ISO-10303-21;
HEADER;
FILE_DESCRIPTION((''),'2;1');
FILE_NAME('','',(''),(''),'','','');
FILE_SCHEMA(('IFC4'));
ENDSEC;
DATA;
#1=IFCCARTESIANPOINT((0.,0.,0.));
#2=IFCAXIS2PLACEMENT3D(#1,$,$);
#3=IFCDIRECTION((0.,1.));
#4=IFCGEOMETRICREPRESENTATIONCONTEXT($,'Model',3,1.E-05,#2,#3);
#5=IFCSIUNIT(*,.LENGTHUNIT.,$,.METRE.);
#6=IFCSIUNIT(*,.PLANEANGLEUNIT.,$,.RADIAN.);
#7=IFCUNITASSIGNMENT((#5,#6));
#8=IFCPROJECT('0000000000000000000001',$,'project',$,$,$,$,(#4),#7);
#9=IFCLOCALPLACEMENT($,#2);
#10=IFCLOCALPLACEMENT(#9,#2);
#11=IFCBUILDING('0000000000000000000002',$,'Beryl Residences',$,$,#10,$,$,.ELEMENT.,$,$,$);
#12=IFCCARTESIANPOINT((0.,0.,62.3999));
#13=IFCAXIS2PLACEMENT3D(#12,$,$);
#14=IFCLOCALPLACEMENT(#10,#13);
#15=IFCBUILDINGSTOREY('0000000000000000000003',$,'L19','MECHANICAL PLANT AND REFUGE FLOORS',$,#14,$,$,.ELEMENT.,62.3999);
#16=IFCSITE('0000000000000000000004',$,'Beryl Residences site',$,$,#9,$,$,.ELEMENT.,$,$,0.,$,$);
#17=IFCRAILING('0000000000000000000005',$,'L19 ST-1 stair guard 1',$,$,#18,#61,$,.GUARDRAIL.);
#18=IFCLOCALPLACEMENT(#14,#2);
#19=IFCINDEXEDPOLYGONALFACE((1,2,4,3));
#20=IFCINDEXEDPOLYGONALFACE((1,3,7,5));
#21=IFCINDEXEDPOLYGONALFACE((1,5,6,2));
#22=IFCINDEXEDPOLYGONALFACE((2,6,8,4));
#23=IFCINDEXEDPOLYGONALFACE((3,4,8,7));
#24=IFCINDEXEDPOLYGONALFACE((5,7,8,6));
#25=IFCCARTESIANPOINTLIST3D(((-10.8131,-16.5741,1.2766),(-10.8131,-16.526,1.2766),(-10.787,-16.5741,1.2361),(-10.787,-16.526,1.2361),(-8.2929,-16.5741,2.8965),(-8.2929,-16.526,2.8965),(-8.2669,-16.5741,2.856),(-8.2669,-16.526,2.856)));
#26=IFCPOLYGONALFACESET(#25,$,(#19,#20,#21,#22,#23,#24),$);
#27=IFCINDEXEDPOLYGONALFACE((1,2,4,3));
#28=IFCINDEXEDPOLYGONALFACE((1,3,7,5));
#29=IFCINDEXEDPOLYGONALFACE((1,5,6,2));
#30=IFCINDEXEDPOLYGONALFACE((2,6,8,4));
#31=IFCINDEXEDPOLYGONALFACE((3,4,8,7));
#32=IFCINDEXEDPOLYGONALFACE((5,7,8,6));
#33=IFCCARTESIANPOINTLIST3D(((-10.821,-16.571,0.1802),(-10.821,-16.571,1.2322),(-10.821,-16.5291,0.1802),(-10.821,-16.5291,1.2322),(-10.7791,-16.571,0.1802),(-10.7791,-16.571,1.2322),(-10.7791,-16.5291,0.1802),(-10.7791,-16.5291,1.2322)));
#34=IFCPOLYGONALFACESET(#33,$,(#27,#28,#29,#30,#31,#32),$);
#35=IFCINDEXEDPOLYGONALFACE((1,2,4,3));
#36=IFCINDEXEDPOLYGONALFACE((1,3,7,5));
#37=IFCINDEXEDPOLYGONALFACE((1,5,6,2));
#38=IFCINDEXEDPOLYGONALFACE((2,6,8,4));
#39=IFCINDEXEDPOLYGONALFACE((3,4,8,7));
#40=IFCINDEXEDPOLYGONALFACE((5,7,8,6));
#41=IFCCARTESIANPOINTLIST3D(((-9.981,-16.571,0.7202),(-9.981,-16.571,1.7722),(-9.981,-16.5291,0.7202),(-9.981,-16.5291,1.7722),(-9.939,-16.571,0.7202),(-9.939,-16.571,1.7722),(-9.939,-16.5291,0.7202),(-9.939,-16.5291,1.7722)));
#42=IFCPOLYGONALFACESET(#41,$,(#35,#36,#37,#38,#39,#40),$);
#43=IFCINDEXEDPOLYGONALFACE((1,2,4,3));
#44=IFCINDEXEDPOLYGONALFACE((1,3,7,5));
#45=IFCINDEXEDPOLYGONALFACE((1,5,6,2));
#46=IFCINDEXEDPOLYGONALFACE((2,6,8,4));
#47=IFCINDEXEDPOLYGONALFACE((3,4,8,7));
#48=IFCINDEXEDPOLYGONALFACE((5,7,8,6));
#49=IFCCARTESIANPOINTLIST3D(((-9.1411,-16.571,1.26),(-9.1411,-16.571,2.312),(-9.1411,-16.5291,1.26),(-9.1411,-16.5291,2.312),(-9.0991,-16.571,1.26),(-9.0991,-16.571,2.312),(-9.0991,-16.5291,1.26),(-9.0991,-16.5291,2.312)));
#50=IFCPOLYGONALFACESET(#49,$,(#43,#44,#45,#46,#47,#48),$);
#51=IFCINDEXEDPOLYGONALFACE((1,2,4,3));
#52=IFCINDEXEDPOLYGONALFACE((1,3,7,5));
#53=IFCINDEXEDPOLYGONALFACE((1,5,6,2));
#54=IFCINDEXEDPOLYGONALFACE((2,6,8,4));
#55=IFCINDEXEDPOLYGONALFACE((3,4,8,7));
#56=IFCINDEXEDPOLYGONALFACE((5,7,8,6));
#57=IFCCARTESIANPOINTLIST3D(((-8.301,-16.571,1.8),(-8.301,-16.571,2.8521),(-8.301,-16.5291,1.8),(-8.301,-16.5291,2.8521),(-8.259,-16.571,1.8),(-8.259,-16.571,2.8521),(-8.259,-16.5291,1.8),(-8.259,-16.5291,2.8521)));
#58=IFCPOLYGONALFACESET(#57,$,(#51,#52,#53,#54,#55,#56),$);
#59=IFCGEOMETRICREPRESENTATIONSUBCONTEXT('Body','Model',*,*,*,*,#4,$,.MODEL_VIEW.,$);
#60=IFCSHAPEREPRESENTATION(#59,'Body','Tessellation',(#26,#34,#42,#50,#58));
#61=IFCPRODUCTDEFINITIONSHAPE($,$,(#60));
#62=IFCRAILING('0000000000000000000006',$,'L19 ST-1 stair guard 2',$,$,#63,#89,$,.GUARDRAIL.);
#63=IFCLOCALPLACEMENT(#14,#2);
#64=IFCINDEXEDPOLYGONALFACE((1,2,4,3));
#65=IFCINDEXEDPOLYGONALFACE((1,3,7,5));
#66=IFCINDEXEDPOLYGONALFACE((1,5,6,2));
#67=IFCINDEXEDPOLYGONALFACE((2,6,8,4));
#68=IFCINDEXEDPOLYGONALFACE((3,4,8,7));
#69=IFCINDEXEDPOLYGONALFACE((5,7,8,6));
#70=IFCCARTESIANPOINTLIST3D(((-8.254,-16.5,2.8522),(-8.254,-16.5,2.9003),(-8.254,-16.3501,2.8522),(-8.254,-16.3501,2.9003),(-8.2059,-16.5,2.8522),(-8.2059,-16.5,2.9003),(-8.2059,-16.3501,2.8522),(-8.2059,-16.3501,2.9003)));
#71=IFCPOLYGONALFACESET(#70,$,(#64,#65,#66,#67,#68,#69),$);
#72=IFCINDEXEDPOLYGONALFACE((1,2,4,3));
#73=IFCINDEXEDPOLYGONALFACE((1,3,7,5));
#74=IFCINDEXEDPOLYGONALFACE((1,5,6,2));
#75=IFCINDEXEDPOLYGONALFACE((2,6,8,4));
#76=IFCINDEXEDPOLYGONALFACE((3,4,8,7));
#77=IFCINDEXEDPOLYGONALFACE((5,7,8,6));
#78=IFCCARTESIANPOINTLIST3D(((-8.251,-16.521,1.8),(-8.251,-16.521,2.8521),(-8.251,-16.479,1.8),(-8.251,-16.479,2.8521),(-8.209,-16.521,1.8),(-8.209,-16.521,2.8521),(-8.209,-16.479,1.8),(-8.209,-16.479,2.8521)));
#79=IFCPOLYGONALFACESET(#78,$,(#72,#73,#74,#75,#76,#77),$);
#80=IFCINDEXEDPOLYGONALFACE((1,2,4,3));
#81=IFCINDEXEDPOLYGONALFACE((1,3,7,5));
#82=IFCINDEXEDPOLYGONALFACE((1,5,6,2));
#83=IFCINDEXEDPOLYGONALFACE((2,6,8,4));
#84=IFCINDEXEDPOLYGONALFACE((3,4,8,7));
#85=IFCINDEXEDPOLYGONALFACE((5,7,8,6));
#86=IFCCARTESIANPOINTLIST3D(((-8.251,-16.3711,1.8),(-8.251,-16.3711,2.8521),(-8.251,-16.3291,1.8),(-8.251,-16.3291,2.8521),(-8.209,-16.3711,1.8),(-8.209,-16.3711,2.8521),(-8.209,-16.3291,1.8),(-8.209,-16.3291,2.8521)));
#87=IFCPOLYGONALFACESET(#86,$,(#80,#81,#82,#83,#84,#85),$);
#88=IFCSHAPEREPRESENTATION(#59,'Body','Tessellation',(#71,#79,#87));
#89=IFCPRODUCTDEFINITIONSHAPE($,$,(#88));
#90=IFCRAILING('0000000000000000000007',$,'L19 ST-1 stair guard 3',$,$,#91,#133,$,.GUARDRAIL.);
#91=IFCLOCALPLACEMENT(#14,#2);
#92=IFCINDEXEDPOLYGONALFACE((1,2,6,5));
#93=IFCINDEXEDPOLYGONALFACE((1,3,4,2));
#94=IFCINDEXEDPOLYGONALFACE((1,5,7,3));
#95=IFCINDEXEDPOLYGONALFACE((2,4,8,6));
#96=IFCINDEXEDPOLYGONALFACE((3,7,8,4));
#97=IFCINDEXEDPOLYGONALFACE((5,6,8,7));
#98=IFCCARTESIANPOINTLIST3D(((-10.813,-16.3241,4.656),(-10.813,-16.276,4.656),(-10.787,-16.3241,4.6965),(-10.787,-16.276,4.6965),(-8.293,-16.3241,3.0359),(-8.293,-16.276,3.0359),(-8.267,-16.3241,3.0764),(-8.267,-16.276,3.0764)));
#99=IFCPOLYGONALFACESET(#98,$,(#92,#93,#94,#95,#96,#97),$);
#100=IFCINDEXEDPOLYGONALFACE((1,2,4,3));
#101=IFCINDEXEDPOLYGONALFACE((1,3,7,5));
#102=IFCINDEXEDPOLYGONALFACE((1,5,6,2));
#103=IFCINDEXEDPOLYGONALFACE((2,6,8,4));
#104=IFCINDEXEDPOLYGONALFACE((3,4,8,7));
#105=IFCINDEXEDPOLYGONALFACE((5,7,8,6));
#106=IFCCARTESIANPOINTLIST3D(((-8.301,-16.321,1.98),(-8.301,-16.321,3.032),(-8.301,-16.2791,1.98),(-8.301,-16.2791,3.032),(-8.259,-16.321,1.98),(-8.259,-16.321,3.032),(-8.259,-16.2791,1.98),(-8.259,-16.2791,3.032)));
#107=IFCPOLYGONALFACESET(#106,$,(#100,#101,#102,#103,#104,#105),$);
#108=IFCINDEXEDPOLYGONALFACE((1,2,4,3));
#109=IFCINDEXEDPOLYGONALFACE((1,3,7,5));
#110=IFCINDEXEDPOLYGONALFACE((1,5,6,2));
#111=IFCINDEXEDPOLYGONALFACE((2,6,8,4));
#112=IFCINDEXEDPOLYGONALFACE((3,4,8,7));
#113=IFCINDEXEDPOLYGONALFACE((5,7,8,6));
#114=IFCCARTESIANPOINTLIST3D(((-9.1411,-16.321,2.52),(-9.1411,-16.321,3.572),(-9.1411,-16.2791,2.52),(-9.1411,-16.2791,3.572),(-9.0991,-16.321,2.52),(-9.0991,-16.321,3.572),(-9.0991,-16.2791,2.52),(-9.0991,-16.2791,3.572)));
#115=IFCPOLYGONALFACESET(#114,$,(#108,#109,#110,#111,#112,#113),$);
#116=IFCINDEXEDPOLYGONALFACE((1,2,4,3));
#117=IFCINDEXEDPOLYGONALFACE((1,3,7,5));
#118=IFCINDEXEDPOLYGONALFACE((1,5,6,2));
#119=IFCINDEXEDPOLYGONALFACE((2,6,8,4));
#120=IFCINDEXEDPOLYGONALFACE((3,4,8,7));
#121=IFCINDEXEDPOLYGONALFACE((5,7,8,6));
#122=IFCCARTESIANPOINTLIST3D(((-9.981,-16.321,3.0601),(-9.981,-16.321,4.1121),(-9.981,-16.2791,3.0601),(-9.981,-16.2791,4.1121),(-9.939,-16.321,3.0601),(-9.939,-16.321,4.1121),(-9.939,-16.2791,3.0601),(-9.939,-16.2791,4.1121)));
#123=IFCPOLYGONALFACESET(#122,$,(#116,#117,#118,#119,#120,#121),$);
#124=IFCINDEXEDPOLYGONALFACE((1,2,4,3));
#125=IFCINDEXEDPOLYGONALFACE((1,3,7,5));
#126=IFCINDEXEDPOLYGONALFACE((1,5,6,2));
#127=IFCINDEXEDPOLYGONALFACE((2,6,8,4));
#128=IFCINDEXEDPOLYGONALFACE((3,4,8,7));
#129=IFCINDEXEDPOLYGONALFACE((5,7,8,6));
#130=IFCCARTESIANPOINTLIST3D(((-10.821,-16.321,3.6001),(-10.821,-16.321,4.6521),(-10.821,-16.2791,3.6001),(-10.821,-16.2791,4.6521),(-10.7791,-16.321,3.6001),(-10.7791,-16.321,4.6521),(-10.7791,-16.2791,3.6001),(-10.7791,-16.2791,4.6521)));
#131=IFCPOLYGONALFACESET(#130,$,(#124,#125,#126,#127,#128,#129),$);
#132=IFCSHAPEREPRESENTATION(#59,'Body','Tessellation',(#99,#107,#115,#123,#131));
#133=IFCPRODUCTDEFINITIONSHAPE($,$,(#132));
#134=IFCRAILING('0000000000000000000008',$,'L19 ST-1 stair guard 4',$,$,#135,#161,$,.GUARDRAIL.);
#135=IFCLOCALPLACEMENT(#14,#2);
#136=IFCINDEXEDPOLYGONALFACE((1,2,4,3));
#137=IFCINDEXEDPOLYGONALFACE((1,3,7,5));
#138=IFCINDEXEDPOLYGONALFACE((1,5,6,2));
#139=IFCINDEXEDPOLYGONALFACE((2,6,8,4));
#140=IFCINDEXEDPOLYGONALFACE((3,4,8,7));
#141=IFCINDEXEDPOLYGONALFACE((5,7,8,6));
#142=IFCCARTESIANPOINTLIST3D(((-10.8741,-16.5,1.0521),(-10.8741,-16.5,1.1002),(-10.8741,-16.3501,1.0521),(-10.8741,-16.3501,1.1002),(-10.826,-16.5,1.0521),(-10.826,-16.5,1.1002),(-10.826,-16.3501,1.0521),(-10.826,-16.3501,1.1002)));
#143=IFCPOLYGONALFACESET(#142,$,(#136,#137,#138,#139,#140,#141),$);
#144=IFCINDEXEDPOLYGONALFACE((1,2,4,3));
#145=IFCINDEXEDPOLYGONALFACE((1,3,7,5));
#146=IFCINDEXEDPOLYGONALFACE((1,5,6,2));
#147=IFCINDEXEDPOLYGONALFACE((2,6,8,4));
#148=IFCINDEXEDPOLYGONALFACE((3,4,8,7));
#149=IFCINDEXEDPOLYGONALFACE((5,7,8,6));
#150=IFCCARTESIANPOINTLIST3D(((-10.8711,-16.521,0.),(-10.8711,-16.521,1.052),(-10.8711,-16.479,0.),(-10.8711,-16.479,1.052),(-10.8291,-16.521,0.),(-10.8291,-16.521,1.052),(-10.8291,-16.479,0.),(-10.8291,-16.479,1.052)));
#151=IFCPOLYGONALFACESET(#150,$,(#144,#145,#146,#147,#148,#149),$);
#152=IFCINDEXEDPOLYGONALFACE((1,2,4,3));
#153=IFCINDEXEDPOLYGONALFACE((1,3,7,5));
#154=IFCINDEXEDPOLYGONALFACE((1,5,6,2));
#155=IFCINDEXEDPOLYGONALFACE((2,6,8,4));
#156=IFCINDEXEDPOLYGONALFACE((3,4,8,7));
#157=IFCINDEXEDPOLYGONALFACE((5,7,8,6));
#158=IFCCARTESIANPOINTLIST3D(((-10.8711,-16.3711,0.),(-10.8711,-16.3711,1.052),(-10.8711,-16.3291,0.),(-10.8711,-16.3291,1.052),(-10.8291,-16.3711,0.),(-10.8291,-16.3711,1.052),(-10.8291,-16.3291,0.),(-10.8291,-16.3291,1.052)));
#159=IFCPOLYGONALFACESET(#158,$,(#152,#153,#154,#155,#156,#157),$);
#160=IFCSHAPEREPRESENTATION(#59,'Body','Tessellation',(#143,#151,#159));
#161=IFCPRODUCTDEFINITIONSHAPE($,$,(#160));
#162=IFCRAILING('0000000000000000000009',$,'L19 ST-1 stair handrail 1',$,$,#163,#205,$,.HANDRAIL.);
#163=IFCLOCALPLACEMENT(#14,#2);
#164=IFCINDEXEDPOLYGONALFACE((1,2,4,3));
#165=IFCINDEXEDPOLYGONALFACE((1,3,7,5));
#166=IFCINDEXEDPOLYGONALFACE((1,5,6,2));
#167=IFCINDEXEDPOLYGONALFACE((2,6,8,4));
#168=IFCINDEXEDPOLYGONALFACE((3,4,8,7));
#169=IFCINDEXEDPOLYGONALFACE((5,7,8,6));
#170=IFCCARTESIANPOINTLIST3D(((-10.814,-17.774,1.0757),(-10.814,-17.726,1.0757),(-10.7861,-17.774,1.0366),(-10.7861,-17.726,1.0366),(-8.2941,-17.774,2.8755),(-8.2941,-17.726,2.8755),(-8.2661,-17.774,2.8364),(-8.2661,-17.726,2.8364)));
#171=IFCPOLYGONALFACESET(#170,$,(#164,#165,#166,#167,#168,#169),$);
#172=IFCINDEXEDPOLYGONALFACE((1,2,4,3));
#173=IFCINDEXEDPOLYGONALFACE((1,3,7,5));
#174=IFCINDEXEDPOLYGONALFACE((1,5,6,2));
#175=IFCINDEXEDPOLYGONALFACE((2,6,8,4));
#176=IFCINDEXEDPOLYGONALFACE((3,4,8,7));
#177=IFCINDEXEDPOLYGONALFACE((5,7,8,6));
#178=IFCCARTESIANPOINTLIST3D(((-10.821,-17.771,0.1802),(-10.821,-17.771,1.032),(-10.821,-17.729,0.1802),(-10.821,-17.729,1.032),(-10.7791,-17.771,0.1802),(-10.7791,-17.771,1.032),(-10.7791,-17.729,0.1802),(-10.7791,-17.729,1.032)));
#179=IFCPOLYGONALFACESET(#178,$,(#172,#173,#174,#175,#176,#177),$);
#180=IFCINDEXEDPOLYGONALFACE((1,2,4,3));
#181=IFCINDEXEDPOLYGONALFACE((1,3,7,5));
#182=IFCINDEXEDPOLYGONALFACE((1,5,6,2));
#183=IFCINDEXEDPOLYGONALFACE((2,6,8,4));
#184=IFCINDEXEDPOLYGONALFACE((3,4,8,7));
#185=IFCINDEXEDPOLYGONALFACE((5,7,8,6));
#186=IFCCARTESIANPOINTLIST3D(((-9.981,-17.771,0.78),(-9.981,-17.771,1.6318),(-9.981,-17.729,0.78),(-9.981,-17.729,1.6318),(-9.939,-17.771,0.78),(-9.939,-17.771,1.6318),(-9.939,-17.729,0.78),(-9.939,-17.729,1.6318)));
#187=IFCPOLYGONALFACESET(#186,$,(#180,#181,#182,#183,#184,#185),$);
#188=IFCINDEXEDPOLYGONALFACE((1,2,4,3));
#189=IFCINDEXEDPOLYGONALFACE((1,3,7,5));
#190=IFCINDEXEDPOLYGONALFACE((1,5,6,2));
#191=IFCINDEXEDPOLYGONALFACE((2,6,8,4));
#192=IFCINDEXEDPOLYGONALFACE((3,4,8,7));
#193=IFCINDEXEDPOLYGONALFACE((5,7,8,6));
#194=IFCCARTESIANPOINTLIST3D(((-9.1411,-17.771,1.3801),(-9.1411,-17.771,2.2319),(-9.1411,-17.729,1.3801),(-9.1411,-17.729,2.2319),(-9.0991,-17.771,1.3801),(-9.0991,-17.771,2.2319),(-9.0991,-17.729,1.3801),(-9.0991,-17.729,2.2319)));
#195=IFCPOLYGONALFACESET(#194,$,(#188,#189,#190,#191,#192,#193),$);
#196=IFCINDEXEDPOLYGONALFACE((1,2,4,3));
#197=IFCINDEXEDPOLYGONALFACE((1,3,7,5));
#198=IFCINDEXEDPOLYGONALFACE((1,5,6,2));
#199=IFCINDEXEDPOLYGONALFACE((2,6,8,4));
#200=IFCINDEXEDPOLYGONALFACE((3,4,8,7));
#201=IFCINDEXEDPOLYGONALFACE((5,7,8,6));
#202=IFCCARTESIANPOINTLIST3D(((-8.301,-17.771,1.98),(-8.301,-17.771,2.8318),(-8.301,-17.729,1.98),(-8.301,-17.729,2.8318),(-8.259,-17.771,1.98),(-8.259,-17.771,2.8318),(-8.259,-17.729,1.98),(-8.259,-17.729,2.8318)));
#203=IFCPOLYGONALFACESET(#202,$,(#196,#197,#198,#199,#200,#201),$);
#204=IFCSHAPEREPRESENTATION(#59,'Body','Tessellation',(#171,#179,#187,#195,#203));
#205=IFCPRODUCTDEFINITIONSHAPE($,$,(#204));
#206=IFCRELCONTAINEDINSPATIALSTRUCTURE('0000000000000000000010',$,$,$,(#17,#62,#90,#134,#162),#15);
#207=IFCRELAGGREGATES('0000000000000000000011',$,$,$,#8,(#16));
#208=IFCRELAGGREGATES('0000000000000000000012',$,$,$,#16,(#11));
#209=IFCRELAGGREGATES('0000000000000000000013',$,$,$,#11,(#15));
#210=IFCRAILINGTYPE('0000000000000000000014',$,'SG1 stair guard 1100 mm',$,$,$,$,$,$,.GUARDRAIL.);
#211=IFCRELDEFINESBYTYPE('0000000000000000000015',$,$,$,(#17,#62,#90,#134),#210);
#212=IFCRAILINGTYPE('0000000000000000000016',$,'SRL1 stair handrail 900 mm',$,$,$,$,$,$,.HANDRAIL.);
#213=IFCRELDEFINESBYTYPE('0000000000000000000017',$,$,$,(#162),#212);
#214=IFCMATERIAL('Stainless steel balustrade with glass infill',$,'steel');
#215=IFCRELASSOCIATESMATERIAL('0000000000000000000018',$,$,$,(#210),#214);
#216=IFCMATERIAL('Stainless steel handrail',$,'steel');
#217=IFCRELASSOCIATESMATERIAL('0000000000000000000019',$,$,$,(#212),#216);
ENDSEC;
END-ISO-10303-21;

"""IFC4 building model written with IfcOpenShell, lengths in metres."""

from ifc_helpers import new_model, si_unit, direction, frame, origin, origin_2d, place, context, subcontext, project, spatial, rectangle, extrude, material, type_object, element, save


model = new_model("IFC4")

# Units and contexts
model_context = context("Model", 3, precision=1e-05, world=origin(), true_north=direction((0.0, 1.0)))
body_context = subcontext(model_context, "Body", "Model", "MODEL_VIEW")
ifc_project = project(units=[si_unit("LENGTHUNIT", "METRE"), si_unit("PLANEANGLEUNIT", "RADIAN")], contexts=[model_context])

# Site, building, storey
site_placement = place(None, origin())
site = spatial("IfcSite", under=ifc_project, at=site_placement, Name="Beryl Residences site", CompositionType="ELEMENT", RefElevation=0.0)
building_placement = place(site_placement, origin())
building = spatial("IfcBuilding", under=site, at=building_placement, Name="Beryl Residences", CompositionType="ELEMENT")
storey_placement = place(building_placement, frame((0.0, 0.0, 62.3999)))
storey = spatial("IfcBuildingStorey", under=building, at=storey_placement, Name="L19", Description="MECHANICAL PLANT AND REFUGE FLOORS", CompositionType="ELEMENT", Elevation=62.3999)

# Railings
ifc_material_1 = material(Name="Stainless steel balustrade with glass infill", Category="steel")
railing_type_1 = type_object("IfcRailingType", Name="SG1 stair guard 1100 mm", PredefinedType="GUARDRAIL", material=ifc_material_1)
railing_1_placement = place(storey_placement, frame((-10.8, -16.55, 0.1802)))
element("IfcRailing", 1, at=railing_1_placement, inside=storey, type_object=railing_type_1, Name="L19 ST-1 stair guard 1", PredefinedType="GUARDRAIL", context=body_context, shape_type="SweptSolid", body=[
    extrude(rectangle(XDim=0.0481, YDim=0.0481, at=origin_2d()), frame((0.0, 0.0, 1.0762), z_axis=(0.8412, 0.0, 0.540725), x_axis=(0.0, 1.0, 0.0)), (0.0, 0.0, 1.0), 2.9958),
    extrude(rectangle(XDim=0.042, YDim=0.042, at=origin_2d()), origin(), (0.0, 0.0, 1.0), 1.052),
    extrude(rectangle(XDim=0.042, YDim=0.042, at=origin_2d()), frame((0.8401, 0.0, 0.54)), (0.0, 0.0, 1.0), 1.052),
    extrude(rectangle(XDim=0.042, YDim=0.042, at=origin_2d()), frame((1.6799, 0.0, 1.0798)), (0.0, 0.0, 1.0), 1.052),
    extrude(rectangle(XDim=0.042, YDim=0.042, at=origin_2d()), frame((2.52, 0.0, 1.6199)), (0.0, 0.0, 1.0), 1.052),
])
railing_2_placement = place(storey_placement, frame((-8.23, -16.5, 1.8)))
element("IfcRailing", 2, at=railing_2_placement, inside=storey, type_object=railing_type_1, Name="L19 ST-1 stair guard 2", PredefinedType="GUARDRAIL", context=body_context, shape_type="SweptSolid", body=[
    extrude(rectangle(XDim=0.0481, YDim=0.0481, at=origin_2d()), frame((0.0, 0.0, 1.0762), z_axis=(0.0, 1.0, 0.0), x_axis=(-1.0, 0.0, 0.0)), (0.0, 0.0, 1.0), 0.1499),
    extrude(rectangle(XDim=0.042, YDim=0.042, at=origin_2d()), origin(), (0.0, 0.0, 1.0), 1.052),
    extrude(rectangle(XDim=0.042, YDim=0.042, at=origin_2d()), frame((0.0, 0.1499, 0.0)), (0.0, 0.0, 1.0), 1.052),
])
railing_3_placement = place(storey_placement, frame((-8.28, -16.3, 1.98)))
element("IfcRailing", 3, at=railing_3_placement, inside=storey, type_object=railing_type_1, Name="L19 ST-1 stair guard 3", PredefinedType="GUARDRAIL", context=body_context, shape_type="SweptSolid", body=[
    extrude(rectangle(XDim=0.0481, YDim=0.0481, at=origin_2d()), frame((0.0, 0.0, 1.0762), z_axis=(-0.841163, 0.0, 0.540782), x_axis=(0.0, -1.0, 0.0)), (0.0, 0.0, 1.0), 2.9958),
    extrude(rectangle(XDim=0.042, YDim=0.042, at=origin_2d()), origin(), (0.0, 0.0, 1.0), 1.052),
    extrude(rectangle(XDim=0.042, YDim=0.042, at=origin_2d()), frame((-0.8401, 0.0, 0.54)), (0.0, 0.0, 1.0), 1.052),
    extrude(rectangle(XDim=0.042, YDim=0.042, at=origin_2d()), frame((-1.6799, 0.0, 1.0801)), (0.0, 0.0, 1.0), 1.052),
    extrude(rectangle(XDim=0.042, YDim=0.042, at=origin_2d()), frame((-2.52, 0.0, 1.6201)), (0.0, 0.0, 1.0), 1.052),
])
railing_4_placement = place(storey_placement, frame((-10.8501, -16.5, 0.0)))
element("IfcRailing", 4, at=railing_4_placement, inside=storey, type_object=railing_type_1, Name="L19 ST-1 stair guard 4", PredefinedType="GUARDRAIL", context=body_context, shape_type="SweptSolid", body=[
    extrude(rectangle(XDim=0.0481, YDim=0.0481, at=origin_2d()), frame((0.0, 0.0, 1.0762), z_axis=(0.0, 1.0, 0.0), x_axis=(-1.0, 0.0, 0.0)), (0.0, 0.0, 1.0), 0.1499),
    extrude(rectangle(XDim=0.042, YDim=0.042, at=origin_2d()), origin(), (0.0, 0.0, 1.0), 1.052),
    extrude(rectangle(XDim=0.042, YDim=0.042, at=origin_2d()), frame((0.0, 0.1499, 0.0)), (0.0, 0.0, 1.0), 1.052),
])
ifc_material_2 = material(Name="Stainless steel handrail", Category="steel")
railing_type_2 = type_object("IfcRailingType", Name="SRL1 stair handrail 900 mm", PredefinedType="HANDRAIL", material=ifc_material_2)
railing_5_placement = place(storey_placement, frame((-10.8, -17.75, 0.1802)))
element("IfcRailing", 5, at=railing_5_placement, inside=storey, type_object=railing_type_2, Name="L19 ST-1 stair handrail 1", PredefinedType="HANDRAIL", context=body_context, shape_type="SweptSolid", body=[
    extrude(rectangle(XDim=0.0481, YDim=0.0481, at=origin_2d()), frame((0.0, 0.0, 0.876), z_axis=(0.813765, 0.0, 0.581193), x_axis=(0.0, 1.0, 0.0)), (0.0, 0.0, 1.0), 3.0967),
    extrude(rectangle(XDim=0.042, YDim=0.042, at=origin_2d()), origin(), (0.0, 0.0, 1.0), 0.8518),
    extrude(rectangle(XDim=0.042, YDim=0.042, at=origin_2d()), frame((0.8401, 0.0, 0.5999)), (0.0, 0.0, 1.0), 0.8518),
    extrude(rectangle(XDim=0.042, YDim=0.042, at=origin_2d()), frame((1.6799, 0.0, 1.2)), (0.0, 0.0, 1.0), 0.8518),
    extrude(rectangle(XDim=0.042, YDim=0.042, at=origin_2d()), frame((2.52, 0.0, 1.7998)), (0.0, 0.0, 1.0), 0.8518),
])

save(model, "model.ifc")
